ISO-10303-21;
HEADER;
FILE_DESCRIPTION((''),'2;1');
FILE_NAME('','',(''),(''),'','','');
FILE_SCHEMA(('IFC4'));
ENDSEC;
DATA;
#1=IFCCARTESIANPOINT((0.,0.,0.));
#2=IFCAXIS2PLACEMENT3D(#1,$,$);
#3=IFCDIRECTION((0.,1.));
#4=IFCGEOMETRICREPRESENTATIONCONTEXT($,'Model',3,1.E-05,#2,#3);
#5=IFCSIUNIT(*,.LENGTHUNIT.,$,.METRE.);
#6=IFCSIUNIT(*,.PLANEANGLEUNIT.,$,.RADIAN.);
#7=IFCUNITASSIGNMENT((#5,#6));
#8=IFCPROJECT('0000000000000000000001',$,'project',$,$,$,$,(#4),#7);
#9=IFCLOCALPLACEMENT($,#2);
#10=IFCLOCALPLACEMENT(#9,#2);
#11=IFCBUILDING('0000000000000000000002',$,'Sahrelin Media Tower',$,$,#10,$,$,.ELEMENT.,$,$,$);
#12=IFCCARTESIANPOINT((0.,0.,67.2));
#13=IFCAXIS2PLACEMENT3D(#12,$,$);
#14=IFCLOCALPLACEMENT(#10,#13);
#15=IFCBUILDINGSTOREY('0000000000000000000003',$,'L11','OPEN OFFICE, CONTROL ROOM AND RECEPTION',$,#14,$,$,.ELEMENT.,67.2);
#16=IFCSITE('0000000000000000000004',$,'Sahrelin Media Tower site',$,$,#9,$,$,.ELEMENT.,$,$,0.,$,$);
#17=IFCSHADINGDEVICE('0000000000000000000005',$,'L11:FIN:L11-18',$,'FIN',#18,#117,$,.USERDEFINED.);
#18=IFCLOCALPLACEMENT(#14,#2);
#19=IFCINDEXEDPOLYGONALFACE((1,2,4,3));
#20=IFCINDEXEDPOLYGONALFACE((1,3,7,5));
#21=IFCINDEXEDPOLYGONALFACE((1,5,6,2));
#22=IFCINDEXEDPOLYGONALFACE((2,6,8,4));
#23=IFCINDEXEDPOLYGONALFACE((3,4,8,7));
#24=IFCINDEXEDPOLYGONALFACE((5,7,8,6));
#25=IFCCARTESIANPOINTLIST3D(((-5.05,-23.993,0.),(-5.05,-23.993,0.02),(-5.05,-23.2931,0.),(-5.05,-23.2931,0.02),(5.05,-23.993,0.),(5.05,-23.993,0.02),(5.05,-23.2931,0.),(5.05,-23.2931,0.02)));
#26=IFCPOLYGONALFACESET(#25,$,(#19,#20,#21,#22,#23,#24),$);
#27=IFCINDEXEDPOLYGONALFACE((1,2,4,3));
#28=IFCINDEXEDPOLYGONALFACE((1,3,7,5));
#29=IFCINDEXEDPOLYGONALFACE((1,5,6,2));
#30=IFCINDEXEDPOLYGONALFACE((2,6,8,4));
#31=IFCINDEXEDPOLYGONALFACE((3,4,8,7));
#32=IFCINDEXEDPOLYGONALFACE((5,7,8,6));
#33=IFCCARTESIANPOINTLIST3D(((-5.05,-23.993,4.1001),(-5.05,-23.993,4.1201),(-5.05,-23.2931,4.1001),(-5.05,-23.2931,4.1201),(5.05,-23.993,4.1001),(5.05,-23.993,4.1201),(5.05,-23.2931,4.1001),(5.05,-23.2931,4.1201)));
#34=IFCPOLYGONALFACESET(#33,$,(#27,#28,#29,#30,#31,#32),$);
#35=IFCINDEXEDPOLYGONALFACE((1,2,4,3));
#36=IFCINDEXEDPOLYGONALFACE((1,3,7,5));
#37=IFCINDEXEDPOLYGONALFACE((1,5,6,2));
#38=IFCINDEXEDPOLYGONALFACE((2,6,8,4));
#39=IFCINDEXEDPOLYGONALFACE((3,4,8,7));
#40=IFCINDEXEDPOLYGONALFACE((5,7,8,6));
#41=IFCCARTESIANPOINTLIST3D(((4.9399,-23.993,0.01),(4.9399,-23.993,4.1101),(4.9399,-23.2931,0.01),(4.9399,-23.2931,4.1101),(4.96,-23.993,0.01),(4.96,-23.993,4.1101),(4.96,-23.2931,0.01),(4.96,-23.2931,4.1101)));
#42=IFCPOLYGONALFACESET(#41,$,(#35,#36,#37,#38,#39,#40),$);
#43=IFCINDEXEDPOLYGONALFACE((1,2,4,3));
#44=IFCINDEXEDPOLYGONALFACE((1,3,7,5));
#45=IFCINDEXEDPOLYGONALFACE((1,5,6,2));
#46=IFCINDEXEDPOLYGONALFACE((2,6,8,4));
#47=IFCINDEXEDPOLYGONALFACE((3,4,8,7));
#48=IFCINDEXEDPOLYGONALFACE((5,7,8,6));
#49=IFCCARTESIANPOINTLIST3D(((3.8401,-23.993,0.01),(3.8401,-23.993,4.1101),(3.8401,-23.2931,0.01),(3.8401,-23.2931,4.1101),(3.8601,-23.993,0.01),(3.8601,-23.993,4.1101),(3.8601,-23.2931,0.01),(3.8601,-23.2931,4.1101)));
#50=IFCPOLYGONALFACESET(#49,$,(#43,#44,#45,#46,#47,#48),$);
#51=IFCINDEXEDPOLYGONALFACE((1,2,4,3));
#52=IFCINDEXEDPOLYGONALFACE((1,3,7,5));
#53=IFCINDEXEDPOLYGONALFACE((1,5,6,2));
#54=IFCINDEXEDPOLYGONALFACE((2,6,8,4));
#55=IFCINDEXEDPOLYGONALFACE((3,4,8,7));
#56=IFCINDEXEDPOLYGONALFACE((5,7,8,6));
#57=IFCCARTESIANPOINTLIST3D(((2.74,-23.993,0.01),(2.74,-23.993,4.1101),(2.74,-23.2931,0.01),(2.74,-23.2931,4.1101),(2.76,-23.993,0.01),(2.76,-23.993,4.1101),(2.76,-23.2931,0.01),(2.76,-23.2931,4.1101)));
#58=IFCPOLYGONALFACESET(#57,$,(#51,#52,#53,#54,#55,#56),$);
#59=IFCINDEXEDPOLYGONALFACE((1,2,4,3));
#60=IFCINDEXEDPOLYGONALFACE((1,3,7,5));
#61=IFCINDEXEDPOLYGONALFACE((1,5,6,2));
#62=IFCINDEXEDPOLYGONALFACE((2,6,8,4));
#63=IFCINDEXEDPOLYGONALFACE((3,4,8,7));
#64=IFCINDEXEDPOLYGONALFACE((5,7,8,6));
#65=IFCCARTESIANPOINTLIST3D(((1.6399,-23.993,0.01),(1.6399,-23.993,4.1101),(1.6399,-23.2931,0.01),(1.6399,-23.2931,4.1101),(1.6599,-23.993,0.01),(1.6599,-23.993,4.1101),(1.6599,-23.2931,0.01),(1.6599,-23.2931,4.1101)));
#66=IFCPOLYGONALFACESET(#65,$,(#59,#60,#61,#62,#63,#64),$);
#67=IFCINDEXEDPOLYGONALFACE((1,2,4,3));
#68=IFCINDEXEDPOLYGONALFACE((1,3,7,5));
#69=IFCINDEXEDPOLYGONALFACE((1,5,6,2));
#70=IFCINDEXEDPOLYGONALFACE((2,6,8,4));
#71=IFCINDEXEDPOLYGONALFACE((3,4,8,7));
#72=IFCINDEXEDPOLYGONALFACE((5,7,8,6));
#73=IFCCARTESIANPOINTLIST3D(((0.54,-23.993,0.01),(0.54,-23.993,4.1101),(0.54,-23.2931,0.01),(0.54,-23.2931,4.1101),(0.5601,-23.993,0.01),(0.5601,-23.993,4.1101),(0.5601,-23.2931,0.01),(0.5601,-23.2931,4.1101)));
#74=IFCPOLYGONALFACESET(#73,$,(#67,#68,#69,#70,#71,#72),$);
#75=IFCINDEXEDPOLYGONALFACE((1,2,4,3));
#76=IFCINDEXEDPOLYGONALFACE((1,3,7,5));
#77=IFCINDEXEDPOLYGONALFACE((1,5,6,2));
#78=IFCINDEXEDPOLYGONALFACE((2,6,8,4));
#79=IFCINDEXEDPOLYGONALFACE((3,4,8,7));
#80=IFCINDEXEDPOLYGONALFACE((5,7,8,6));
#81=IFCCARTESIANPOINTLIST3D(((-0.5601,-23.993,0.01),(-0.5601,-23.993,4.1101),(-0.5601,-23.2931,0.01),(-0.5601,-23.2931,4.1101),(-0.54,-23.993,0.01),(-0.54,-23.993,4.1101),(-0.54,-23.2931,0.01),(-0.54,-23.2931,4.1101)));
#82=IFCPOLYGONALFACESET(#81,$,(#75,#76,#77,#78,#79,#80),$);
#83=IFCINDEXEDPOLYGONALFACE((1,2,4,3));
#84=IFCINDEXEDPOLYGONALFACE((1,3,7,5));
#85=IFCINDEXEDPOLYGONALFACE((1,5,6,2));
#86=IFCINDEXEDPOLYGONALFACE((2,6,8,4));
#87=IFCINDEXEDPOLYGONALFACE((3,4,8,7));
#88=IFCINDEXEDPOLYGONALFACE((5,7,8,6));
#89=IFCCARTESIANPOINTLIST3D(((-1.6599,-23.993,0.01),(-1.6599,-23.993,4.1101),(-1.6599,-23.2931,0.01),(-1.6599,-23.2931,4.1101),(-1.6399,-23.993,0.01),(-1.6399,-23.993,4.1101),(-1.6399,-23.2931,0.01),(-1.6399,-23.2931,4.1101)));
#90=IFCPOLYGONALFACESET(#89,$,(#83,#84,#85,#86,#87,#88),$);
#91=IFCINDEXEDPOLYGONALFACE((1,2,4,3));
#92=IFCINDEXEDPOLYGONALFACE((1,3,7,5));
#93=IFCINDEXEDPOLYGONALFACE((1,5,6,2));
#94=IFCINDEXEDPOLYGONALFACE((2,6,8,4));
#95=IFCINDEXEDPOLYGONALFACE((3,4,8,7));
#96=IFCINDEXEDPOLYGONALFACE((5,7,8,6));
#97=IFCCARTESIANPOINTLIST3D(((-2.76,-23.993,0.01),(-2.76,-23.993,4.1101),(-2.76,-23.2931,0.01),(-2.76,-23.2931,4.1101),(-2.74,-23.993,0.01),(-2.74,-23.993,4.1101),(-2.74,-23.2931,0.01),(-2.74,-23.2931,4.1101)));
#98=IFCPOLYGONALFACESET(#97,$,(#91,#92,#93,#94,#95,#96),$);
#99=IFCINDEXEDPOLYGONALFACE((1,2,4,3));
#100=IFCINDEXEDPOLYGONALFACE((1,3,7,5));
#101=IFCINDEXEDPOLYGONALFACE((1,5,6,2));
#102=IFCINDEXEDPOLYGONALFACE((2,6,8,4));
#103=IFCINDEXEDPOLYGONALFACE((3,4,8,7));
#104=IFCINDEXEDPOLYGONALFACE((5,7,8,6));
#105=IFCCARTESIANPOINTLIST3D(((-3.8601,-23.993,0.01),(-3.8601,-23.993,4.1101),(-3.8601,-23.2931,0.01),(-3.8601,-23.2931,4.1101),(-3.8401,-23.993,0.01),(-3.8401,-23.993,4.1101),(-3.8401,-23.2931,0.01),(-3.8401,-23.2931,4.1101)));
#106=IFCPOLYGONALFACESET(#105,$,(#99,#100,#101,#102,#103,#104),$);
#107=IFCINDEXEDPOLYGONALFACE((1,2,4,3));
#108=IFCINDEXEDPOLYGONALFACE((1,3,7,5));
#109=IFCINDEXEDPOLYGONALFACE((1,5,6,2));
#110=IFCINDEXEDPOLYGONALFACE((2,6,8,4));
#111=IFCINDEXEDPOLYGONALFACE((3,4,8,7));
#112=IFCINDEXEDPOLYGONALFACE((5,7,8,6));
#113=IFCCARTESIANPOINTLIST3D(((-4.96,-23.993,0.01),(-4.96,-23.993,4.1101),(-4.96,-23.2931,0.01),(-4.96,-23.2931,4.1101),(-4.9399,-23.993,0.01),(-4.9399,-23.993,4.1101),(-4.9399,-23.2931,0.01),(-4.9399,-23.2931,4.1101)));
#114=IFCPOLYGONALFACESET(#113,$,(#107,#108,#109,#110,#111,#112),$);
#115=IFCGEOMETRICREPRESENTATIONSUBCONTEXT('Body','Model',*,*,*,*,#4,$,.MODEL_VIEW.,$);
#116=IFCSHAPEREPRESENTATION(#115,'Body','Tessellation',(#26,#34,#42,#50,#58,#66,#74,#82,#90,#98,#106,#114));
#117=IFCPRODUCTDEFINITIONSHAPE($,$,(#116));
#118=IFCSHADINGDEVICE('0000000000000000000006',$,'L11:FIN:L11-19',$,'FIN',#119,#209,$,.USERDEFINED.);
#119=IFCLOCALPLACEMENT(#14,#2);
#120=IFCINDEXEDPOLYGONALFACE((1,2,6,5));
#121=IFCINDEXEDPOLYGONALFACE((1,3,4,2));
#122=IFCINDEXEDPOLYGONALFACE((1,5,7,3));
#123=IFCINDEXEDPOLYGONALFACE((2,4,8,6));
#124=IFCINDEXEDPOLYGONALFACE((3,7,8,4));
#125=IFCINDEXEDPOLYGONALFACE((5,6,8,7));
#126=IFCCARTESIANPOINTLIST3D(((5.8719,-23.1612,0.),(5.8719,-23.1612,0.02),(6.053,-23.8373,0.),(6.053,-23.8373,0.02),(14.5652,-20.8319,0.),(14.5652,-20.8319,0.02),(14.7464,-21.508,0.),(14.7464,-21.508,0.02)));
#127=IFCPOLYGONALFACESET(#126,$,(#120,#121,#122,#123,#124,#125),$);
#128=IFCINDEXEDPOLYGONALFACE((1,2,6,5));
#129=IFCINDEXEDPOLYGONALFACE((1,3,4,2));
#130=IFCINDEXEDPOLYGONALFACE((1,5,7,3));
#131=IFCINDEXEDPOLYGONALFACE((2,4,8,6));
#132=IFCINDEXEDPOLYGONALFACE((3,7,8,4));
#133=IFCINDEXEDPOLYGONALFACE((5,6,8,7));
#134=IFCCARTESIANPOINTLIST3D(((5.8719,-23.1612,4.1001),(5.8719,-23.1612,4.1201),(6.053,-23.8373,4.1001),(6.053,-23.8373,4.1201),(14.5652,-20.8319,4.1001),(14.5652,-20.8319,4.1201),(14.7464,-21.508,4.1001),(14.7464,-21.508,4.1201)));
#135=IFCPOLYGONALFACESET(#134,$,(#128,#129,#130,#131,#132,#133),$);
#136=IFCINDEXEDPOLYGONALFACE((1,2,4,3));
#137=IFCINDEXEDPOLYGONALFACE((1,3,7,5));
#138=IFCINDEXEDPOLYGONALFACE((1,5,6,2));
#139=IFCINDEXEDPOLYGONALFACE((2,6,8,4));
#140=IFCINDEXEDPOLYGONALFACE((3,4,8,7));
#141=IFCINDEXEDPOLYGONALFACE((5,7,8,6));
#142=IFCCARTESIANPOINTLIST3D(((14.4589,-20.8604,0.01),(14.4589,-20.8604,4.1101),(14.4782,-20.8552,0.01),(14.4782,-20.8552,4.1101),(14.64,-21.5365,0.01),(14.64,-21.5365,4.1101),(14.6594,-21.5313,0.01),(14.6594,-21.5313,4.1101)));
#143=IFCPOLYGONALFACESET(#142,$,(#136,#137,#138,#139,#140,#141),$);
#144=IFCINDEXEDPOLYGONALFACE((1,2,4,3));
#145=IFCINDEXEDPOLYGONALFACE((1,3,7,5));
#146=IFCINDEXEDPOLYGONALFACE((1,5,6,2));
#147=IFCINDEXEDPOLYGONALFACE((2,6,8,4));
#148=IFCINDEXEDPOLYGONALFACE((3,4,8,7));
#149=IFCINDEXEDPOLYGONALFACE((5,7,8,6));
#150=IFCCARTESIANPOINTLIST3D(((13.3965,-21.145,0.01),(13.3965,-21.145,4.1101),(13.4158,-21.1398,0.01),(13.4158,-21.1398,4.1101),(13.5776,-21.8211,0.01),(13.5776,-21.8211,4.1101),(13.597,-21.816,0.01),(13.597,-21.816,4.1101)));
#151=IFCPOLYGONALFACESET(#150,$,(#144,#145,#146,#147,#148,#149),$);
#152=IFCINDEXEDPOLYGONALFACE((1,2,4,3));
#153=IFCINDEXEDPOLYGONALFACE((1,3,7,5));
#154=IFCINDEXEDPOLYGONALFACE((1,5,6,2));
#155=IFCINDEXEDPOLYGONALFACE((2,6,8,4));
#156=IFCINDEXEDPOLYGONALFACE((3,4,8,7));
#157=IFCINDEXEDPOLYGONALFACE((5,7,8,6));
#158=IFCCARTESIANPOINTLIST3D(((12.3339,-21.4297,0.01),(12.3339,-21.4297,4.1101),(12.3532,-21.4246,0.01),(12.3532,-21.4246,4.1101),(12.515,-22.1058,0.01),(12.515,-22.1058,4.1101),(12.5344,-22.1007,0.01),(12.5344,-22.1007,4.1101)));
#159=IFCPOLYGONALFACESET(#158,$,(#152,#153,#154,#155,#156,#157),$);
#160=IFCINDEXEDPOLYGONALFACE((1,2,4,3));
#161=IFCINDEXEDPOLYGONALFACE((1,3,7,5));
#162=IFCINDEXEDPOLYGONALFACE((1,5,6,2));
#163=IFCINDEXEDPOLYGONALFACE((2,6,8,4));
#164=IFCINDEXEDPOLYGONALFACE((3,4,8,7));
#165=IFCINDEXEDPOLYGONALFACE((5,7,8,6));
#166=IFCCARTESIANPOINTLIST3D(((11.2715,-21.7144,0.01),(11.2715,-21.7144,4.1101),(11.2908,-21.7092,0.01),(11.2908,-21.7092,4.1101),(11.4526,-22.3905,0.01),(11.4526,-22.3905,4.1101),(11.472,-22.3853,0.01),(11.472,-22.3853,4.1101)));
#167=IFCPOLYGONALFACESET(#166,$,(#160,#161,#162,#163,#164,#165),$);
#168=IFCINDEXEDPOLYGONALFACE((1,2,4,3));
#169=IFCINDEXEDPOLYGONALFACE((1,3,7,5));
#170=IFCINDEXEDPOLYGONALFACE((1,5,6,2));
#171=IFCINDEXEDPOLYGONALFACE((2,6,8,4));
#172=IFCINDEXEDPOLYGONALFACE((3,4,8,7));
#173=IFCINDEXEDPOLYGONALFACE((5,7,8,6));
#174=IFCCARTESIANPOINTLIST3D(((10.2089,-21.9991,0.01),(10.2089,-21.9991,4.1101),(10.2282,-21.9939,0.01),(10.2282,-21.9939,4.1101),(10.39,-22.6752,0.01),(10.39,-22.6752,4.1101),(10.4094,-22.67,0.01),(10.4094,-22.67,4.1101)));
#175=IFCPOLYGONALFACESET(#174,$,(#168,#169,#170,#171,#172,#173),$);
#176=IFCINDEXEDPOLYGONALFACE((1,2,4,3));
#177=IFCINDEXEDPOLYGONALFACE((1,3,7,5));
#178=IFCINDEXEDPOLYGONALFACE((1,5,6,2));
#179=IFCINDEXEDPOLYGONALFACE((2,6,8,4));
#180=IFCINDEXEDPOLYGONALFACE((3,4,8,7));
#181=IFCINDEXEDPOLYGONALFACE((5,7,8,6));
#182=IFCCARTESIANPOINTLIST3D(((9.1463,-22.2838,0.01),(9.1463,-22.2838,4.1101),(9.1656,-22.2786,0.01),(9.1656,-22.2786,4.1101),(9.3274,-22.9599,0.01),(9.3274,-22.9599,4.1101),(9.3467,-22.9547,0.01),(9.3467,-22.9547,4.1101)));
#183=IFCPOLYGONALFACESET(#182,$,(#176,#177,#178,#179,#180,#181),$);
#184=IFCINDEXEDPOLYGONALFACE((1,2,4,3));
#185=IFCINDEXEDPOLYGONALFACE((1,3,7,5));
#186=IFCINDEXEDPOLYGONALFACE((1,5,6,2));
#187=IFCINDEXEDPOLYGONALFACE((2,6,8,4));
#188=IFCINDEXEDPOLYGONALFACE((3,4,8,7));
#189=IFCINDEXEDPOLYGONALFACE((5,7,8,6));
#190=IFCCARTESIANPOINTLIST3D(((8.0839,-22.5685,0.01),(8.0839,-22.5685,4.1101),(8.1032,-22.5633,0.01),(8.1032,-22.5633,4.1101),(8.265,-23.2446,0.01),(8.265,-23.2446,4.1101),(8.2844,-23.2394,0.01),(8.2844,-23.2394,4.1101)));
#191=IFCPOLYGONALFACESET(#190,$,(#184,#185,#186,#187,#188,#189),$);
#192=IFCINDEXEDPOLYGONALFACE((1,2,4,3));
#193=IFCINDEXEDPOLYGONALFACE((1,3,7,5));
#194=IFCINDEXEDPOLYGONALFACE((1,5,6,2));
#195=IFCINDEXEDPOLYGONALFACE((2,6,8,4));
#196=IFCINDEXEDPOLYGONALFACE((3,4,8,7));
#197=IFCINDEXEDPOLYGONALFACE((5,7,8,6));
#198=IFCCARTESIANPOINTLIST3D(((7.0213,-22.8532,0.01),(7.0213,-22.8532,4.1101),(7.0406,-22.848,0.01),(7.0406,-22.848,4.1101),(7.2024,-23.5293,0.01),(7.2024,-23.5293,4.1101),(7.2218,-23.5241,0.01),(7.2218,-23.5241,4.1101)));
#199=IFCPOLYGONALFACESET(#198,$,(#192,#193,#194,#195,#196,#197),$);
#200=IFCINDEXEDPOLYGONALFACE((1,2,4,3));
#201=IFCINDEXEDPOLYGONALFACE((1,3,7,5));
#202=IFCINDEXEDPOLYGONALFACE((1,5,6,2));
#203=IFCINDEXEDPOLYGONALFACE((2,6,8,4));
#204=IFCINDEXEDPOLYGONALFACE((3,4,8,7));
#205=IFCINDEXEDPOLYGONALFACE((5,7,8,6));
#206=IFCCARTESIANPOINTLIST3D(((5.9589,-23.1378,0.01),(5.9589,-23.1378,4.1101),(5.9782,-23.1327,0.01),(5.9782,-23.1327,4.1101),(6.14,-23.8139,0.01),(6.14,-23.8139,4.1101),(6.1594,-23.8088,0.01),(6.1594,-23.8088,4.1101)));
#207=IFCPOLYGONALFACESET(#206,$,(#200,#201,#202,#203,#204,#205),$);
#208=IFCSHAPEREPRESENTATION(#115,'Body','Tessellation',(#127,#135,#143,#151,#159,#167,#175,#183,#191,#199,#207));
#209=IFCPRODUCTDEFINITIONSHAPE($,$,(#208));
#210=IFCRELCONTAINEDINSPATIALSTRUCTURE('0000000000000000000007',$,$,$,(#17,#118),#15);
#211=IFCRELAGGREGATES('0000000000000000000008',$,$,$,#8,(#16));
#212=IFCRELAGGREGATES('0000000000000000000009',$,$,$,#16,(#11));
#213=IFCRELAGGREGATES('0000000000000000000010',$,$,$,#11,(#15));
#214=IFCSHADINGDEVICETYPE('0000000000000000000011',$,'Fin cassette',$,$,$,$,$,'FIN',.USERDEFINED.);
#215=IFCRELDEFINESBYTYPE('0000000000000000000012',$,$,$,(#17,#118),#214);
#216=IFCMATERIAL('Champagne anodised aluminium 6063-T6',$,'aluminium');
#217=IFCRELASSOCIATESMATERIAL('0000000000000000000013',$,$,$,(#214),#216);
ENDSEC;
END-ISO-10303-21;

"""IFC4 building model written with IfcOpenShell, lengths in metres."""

from ifc_helpers import new_model, si_unit, direction, frame, origin, origin_2d, place, context, subcontext, project, spatial, rectangle, extrude, material, type_object, element, save


model = new_model("IFC4")

# Units and contexts
model_context = context("Model", 3, precision=1e-05, world=origin(), true_north=direction((0.0, 1.0)))
body_context = subcontext(model_context, "Body", "Model", "MODEL_VIEW")
ifc_project = project(units=[si_unit("LENGTHUNIT", "METRE"), si_unit("PLANEANGLEUNIT", "RADIAN")], contexts=[model_context])

# Site, building, storey
site_placement = place(None, origin())
site = spatial("IfcSite", under=ifc_project, at=site_placement, Name="Sahrelin Media Tower site", CompositionType="ELEMENT", RefElevation=0.0)
building_placement = place(site_placement, origin())
building = spatial("IfcBuilding", under=site, at=building_placement, Name="Sahrelin Media Tower", CompositionType="ELEMENT")
storey_placement = place(building_placement, frame((0.0, 0.0, 67.2)))
storey = spatial("IfcBuildingStorey", under=building, at=storey_placement, Name="L11", Description="OPEN OFFICE, CONTROL ROOM AND RECEPTION", CompositionType="ELEMENT", Elevation=67.2)

# Shared definitions
ifc_material_1 = material(Name="Champagne anodised aluminium 6063-T6", Category="aluminium")

# Shading devices
shading_device_type_1 = type_object("IfcShadingDeviceType", Name="Fin cassette", ElementType="FIN", PredefinedType="USERDEFINED", material=ifc_material_1)
placement_1 = place(storey_placement, frame((0.0, -23.2231, 0.0), z_axis=(0.0, 0.0, 1.0), x_axis=(-1.0, 0.0, 0.0)))
element("IfcShadingDevice", 1, at=placement_1, inside=storey, type_object=shading_device_type_1, Name="L11:FIN:L11-18", ObjectType="FIN", PredefinedType="USERDEFINED", context=body_context, shape_type="SweptSolid", body=[
    extrude(rectangle(XDim=10.1001, YDim=0.7, at=origin_2d()), frame((0.0, 0.4199, 0.0)), (0.0, 0.0, 1.0), 0.02),
    extrude(rectangle(XDim=10.1001, YDim=0.7, at=origin_2d()), frame((0.0, 0.4199, 4.1001)), (0.0, 0.0, 1.0), 0.02),
    extrude(rectangle(XDim=0.02, YDim=0.7, at=origin_2d()), frame((-4.95, 0.4199, 0.01), z_axis=(0.0, 0.0, 1.0), x_axis=(1.0, 0.0, 0.0)), (0.0, 0.0, 1.0), 4.1001),
    extrude(rectangle(XDim=0.02, YDim=0.7, at=origin_2d()), frame((-3.8501, 0.4199, 0.01), z_axis=(0.0, 0.0, 1.0), x_axis=(1.0, 0.0, 0.0)), (0.0, 0.0, 1.0), 4.1001),
    extrude(rectangle(XDim=0.02, YDim=0.7, at=origin_2d()), frame((-2.75, 0.4199, 0.01), z_axis=(0.0, 0.0, 1.0), x_axis=(1.0, 0.0, 0.0)), (0.0, 0.0, 1.0), 4.1001),
    extrude(rectangle(XDim=0.02, YDim=0.7, at=origin_2d()), frame((-1.6499, 0.4199, 0.01), z_axis=(0.0, 0.0, 1.0), x_axis=(1.0, 0.0, 0.0)), (0.0, 0.0, 1.0), 4.1001),
    extrude(rectangle(XDim=0.02, YDim=0.7, at=origin_2d()), frame((-0.55, 0.4199, 0.01), z_axis=(0.0, 0.0, 1.0), x_axis=(1.0, 0.0, 0.0)), (0.0, 0.0, 1.0), 4.1001),
    extrude(rectangle(XDim=0.02, YDim=0.7, at=origin_2d()), frame((0.55, 0.4199, 0.01), z_axis=(0.0, 0.0, 1.0), x_axis=(1.0, 0.0, 0.0)), (0.0, 0.0, 1.0), 4.1001),
    extrude(rectangle(XDim=0.02, YDim=0.7, at=origin_2d()), frame((1.6499, 0.4199, 0.01), z_axis=(0.0, 0.0, 1.0), x_axis=(1.0, 0.0, 0.0)), (0.0, 0.0, 1.0), 4.1001),
    extrude(rectangle(XDim=0.02, YDim=0.7, at=origin_2d()), frame((2.75, 0.4199, 0.01), z_axis=(0.0, 0.0, 1.0), x_axis=(1.0, 0.0, 0.0)), (0.0, 0.0, 1.0), 4.1001),
    extrude(rectangle(XDim=0.02, YDim=0.7, at=origin_2d()), frame((3.8501, 0.4199, 0.01), z_axis=(0.0, 0.0, 1.0), x_axis=(1.0, 0.0, 0.0)), (0.0, 0.0, 1.0), 4.1001),
    extrude(rectangle(XDim=0.02, YDim=0.7, at=origin_2d()), frame((4.95, 0.4199, 0.01), z_axis=(0.0, 0.0, 1.0), x_axis=(1.0, 0.0, 0.0)), (0.0, 0.0, 1.0), 4.1001),
])
placement_2 = place(storey_placement, frame((10.2004, -21.929, 0.0), z_axis=(0.0, 0.0, 1.0), x_axis=(-0.965929, -0.258808, 0.0)))
element("IfcShadingDevice", 2, at=placement_2, inside=storey, type_object=shading_device_type_1, Name="L11:FIN:L11-19", ObjectType="FIN", PredefinedType="USERDEFINED", context=body_context, shape_type="SweptSolid", body=[
    extrude(rectangle(XDim=9.0, YDim=0.7, at=origin_2d()), frame((0.0, 0.4199, 0.0)), (0.0, 0.0, 1.0), 0.02),
    extrude(rectangle(XDim=9.0, YDim=0.7, at=origin_2d()), frame((0.0, 0.4199, 4.1001)), (0.0, 0.0, 1.0), 0.02),
    extrude(rectangle(XDim=0.02, YDim=0.7, at=origin_2d()), frame((-4.3999, 0.4199, 0.01), z_axis=(0.0, 0.0, 1.0), x_axis=(1.0, 0.0, 0.0)), (0.0, 0.0, 1.0), 4.1001),
    extrude(rectangle(XDim=0.02, YDim=0.7, at=origin_2d()), frame((-3.3, 0.4199, 0.01), z_axis=(0.0, 0.0, 1.0), x_axis=(1.0, 0.0, 0.0)), (0.0, 0.0, 1.0), 4.1001),
    extrude(rectangle(XDim=0.02, YDim=0.7, at=origin_2d()), frame((-2.2, 0.4199, 0.01), z_axis=(0.0, 0.0, 1.0), x_axis=(1.0, 0.0, 0.0)), (0.0, 0.0, 1.0), 4.1001),
    extrude(rectangle(XDim=0.02, YDim=0.7, at=origin_2d()), frame((-1.1001, 0.4199, 0.01), z_axis=(0.0, 0.0, 1.0), x_axis=(1.0, 0.0, 0.0)), (0.0, 0.0, 1.0), 4.1001),
    extrude(rectangle(XDim=0.02, YDim=0.7, at=origin_2d()), frame((0.0, 0.4199, 0.01), z_axis=(0.0, 0.0, 1.0), x_axis=(1.0, 0.0, 0.0)), (0.0, 0.0, 1.0), 4.1001),
    extrude(rectangle(XDim=0.02, YDim=0.7, at=origin_2d()), frame((1.1001, 0.4199, 0.01), z_axis=(0.0, 0.0, 1.0), x_axis=(1.0, 0.0, 0.0)), (0.0, 0.0, 1.0), 4.1001),
    extrude(rectangle(XDim=0.02, YDim=0.7, at=origin_2d()), frame((2.2, 0.4199, 0.01), z_axis=(0.0, 0.0, 1.0), x_axis=(1.0, 0.0, 0.0)), (0.0, 0.0, 1.0), 4.1001),
    extrude(rectangle(XDim=0.02, YDim=0.7, at=origin_2d()), frame((3.3, 0.4199, 0.01), z_axis=(0.0, 0.0, 1.0), x_axis=(1.0, 0.0, 0.0)), (0.0, 0.0, 1.0), 4.1001),
    extrude(rectangle(XDim=0.02, YDim=0.7, at=origin_2d()), frame((4.3999, 0.4199, 0.01), z_axis=(0.0, 0.0, 1.0), x_axis=(1.0, 0.0, 0.0)), (0.0, 0.0, 1.0), 4.1001),
])

save(model, "model.ifc")
